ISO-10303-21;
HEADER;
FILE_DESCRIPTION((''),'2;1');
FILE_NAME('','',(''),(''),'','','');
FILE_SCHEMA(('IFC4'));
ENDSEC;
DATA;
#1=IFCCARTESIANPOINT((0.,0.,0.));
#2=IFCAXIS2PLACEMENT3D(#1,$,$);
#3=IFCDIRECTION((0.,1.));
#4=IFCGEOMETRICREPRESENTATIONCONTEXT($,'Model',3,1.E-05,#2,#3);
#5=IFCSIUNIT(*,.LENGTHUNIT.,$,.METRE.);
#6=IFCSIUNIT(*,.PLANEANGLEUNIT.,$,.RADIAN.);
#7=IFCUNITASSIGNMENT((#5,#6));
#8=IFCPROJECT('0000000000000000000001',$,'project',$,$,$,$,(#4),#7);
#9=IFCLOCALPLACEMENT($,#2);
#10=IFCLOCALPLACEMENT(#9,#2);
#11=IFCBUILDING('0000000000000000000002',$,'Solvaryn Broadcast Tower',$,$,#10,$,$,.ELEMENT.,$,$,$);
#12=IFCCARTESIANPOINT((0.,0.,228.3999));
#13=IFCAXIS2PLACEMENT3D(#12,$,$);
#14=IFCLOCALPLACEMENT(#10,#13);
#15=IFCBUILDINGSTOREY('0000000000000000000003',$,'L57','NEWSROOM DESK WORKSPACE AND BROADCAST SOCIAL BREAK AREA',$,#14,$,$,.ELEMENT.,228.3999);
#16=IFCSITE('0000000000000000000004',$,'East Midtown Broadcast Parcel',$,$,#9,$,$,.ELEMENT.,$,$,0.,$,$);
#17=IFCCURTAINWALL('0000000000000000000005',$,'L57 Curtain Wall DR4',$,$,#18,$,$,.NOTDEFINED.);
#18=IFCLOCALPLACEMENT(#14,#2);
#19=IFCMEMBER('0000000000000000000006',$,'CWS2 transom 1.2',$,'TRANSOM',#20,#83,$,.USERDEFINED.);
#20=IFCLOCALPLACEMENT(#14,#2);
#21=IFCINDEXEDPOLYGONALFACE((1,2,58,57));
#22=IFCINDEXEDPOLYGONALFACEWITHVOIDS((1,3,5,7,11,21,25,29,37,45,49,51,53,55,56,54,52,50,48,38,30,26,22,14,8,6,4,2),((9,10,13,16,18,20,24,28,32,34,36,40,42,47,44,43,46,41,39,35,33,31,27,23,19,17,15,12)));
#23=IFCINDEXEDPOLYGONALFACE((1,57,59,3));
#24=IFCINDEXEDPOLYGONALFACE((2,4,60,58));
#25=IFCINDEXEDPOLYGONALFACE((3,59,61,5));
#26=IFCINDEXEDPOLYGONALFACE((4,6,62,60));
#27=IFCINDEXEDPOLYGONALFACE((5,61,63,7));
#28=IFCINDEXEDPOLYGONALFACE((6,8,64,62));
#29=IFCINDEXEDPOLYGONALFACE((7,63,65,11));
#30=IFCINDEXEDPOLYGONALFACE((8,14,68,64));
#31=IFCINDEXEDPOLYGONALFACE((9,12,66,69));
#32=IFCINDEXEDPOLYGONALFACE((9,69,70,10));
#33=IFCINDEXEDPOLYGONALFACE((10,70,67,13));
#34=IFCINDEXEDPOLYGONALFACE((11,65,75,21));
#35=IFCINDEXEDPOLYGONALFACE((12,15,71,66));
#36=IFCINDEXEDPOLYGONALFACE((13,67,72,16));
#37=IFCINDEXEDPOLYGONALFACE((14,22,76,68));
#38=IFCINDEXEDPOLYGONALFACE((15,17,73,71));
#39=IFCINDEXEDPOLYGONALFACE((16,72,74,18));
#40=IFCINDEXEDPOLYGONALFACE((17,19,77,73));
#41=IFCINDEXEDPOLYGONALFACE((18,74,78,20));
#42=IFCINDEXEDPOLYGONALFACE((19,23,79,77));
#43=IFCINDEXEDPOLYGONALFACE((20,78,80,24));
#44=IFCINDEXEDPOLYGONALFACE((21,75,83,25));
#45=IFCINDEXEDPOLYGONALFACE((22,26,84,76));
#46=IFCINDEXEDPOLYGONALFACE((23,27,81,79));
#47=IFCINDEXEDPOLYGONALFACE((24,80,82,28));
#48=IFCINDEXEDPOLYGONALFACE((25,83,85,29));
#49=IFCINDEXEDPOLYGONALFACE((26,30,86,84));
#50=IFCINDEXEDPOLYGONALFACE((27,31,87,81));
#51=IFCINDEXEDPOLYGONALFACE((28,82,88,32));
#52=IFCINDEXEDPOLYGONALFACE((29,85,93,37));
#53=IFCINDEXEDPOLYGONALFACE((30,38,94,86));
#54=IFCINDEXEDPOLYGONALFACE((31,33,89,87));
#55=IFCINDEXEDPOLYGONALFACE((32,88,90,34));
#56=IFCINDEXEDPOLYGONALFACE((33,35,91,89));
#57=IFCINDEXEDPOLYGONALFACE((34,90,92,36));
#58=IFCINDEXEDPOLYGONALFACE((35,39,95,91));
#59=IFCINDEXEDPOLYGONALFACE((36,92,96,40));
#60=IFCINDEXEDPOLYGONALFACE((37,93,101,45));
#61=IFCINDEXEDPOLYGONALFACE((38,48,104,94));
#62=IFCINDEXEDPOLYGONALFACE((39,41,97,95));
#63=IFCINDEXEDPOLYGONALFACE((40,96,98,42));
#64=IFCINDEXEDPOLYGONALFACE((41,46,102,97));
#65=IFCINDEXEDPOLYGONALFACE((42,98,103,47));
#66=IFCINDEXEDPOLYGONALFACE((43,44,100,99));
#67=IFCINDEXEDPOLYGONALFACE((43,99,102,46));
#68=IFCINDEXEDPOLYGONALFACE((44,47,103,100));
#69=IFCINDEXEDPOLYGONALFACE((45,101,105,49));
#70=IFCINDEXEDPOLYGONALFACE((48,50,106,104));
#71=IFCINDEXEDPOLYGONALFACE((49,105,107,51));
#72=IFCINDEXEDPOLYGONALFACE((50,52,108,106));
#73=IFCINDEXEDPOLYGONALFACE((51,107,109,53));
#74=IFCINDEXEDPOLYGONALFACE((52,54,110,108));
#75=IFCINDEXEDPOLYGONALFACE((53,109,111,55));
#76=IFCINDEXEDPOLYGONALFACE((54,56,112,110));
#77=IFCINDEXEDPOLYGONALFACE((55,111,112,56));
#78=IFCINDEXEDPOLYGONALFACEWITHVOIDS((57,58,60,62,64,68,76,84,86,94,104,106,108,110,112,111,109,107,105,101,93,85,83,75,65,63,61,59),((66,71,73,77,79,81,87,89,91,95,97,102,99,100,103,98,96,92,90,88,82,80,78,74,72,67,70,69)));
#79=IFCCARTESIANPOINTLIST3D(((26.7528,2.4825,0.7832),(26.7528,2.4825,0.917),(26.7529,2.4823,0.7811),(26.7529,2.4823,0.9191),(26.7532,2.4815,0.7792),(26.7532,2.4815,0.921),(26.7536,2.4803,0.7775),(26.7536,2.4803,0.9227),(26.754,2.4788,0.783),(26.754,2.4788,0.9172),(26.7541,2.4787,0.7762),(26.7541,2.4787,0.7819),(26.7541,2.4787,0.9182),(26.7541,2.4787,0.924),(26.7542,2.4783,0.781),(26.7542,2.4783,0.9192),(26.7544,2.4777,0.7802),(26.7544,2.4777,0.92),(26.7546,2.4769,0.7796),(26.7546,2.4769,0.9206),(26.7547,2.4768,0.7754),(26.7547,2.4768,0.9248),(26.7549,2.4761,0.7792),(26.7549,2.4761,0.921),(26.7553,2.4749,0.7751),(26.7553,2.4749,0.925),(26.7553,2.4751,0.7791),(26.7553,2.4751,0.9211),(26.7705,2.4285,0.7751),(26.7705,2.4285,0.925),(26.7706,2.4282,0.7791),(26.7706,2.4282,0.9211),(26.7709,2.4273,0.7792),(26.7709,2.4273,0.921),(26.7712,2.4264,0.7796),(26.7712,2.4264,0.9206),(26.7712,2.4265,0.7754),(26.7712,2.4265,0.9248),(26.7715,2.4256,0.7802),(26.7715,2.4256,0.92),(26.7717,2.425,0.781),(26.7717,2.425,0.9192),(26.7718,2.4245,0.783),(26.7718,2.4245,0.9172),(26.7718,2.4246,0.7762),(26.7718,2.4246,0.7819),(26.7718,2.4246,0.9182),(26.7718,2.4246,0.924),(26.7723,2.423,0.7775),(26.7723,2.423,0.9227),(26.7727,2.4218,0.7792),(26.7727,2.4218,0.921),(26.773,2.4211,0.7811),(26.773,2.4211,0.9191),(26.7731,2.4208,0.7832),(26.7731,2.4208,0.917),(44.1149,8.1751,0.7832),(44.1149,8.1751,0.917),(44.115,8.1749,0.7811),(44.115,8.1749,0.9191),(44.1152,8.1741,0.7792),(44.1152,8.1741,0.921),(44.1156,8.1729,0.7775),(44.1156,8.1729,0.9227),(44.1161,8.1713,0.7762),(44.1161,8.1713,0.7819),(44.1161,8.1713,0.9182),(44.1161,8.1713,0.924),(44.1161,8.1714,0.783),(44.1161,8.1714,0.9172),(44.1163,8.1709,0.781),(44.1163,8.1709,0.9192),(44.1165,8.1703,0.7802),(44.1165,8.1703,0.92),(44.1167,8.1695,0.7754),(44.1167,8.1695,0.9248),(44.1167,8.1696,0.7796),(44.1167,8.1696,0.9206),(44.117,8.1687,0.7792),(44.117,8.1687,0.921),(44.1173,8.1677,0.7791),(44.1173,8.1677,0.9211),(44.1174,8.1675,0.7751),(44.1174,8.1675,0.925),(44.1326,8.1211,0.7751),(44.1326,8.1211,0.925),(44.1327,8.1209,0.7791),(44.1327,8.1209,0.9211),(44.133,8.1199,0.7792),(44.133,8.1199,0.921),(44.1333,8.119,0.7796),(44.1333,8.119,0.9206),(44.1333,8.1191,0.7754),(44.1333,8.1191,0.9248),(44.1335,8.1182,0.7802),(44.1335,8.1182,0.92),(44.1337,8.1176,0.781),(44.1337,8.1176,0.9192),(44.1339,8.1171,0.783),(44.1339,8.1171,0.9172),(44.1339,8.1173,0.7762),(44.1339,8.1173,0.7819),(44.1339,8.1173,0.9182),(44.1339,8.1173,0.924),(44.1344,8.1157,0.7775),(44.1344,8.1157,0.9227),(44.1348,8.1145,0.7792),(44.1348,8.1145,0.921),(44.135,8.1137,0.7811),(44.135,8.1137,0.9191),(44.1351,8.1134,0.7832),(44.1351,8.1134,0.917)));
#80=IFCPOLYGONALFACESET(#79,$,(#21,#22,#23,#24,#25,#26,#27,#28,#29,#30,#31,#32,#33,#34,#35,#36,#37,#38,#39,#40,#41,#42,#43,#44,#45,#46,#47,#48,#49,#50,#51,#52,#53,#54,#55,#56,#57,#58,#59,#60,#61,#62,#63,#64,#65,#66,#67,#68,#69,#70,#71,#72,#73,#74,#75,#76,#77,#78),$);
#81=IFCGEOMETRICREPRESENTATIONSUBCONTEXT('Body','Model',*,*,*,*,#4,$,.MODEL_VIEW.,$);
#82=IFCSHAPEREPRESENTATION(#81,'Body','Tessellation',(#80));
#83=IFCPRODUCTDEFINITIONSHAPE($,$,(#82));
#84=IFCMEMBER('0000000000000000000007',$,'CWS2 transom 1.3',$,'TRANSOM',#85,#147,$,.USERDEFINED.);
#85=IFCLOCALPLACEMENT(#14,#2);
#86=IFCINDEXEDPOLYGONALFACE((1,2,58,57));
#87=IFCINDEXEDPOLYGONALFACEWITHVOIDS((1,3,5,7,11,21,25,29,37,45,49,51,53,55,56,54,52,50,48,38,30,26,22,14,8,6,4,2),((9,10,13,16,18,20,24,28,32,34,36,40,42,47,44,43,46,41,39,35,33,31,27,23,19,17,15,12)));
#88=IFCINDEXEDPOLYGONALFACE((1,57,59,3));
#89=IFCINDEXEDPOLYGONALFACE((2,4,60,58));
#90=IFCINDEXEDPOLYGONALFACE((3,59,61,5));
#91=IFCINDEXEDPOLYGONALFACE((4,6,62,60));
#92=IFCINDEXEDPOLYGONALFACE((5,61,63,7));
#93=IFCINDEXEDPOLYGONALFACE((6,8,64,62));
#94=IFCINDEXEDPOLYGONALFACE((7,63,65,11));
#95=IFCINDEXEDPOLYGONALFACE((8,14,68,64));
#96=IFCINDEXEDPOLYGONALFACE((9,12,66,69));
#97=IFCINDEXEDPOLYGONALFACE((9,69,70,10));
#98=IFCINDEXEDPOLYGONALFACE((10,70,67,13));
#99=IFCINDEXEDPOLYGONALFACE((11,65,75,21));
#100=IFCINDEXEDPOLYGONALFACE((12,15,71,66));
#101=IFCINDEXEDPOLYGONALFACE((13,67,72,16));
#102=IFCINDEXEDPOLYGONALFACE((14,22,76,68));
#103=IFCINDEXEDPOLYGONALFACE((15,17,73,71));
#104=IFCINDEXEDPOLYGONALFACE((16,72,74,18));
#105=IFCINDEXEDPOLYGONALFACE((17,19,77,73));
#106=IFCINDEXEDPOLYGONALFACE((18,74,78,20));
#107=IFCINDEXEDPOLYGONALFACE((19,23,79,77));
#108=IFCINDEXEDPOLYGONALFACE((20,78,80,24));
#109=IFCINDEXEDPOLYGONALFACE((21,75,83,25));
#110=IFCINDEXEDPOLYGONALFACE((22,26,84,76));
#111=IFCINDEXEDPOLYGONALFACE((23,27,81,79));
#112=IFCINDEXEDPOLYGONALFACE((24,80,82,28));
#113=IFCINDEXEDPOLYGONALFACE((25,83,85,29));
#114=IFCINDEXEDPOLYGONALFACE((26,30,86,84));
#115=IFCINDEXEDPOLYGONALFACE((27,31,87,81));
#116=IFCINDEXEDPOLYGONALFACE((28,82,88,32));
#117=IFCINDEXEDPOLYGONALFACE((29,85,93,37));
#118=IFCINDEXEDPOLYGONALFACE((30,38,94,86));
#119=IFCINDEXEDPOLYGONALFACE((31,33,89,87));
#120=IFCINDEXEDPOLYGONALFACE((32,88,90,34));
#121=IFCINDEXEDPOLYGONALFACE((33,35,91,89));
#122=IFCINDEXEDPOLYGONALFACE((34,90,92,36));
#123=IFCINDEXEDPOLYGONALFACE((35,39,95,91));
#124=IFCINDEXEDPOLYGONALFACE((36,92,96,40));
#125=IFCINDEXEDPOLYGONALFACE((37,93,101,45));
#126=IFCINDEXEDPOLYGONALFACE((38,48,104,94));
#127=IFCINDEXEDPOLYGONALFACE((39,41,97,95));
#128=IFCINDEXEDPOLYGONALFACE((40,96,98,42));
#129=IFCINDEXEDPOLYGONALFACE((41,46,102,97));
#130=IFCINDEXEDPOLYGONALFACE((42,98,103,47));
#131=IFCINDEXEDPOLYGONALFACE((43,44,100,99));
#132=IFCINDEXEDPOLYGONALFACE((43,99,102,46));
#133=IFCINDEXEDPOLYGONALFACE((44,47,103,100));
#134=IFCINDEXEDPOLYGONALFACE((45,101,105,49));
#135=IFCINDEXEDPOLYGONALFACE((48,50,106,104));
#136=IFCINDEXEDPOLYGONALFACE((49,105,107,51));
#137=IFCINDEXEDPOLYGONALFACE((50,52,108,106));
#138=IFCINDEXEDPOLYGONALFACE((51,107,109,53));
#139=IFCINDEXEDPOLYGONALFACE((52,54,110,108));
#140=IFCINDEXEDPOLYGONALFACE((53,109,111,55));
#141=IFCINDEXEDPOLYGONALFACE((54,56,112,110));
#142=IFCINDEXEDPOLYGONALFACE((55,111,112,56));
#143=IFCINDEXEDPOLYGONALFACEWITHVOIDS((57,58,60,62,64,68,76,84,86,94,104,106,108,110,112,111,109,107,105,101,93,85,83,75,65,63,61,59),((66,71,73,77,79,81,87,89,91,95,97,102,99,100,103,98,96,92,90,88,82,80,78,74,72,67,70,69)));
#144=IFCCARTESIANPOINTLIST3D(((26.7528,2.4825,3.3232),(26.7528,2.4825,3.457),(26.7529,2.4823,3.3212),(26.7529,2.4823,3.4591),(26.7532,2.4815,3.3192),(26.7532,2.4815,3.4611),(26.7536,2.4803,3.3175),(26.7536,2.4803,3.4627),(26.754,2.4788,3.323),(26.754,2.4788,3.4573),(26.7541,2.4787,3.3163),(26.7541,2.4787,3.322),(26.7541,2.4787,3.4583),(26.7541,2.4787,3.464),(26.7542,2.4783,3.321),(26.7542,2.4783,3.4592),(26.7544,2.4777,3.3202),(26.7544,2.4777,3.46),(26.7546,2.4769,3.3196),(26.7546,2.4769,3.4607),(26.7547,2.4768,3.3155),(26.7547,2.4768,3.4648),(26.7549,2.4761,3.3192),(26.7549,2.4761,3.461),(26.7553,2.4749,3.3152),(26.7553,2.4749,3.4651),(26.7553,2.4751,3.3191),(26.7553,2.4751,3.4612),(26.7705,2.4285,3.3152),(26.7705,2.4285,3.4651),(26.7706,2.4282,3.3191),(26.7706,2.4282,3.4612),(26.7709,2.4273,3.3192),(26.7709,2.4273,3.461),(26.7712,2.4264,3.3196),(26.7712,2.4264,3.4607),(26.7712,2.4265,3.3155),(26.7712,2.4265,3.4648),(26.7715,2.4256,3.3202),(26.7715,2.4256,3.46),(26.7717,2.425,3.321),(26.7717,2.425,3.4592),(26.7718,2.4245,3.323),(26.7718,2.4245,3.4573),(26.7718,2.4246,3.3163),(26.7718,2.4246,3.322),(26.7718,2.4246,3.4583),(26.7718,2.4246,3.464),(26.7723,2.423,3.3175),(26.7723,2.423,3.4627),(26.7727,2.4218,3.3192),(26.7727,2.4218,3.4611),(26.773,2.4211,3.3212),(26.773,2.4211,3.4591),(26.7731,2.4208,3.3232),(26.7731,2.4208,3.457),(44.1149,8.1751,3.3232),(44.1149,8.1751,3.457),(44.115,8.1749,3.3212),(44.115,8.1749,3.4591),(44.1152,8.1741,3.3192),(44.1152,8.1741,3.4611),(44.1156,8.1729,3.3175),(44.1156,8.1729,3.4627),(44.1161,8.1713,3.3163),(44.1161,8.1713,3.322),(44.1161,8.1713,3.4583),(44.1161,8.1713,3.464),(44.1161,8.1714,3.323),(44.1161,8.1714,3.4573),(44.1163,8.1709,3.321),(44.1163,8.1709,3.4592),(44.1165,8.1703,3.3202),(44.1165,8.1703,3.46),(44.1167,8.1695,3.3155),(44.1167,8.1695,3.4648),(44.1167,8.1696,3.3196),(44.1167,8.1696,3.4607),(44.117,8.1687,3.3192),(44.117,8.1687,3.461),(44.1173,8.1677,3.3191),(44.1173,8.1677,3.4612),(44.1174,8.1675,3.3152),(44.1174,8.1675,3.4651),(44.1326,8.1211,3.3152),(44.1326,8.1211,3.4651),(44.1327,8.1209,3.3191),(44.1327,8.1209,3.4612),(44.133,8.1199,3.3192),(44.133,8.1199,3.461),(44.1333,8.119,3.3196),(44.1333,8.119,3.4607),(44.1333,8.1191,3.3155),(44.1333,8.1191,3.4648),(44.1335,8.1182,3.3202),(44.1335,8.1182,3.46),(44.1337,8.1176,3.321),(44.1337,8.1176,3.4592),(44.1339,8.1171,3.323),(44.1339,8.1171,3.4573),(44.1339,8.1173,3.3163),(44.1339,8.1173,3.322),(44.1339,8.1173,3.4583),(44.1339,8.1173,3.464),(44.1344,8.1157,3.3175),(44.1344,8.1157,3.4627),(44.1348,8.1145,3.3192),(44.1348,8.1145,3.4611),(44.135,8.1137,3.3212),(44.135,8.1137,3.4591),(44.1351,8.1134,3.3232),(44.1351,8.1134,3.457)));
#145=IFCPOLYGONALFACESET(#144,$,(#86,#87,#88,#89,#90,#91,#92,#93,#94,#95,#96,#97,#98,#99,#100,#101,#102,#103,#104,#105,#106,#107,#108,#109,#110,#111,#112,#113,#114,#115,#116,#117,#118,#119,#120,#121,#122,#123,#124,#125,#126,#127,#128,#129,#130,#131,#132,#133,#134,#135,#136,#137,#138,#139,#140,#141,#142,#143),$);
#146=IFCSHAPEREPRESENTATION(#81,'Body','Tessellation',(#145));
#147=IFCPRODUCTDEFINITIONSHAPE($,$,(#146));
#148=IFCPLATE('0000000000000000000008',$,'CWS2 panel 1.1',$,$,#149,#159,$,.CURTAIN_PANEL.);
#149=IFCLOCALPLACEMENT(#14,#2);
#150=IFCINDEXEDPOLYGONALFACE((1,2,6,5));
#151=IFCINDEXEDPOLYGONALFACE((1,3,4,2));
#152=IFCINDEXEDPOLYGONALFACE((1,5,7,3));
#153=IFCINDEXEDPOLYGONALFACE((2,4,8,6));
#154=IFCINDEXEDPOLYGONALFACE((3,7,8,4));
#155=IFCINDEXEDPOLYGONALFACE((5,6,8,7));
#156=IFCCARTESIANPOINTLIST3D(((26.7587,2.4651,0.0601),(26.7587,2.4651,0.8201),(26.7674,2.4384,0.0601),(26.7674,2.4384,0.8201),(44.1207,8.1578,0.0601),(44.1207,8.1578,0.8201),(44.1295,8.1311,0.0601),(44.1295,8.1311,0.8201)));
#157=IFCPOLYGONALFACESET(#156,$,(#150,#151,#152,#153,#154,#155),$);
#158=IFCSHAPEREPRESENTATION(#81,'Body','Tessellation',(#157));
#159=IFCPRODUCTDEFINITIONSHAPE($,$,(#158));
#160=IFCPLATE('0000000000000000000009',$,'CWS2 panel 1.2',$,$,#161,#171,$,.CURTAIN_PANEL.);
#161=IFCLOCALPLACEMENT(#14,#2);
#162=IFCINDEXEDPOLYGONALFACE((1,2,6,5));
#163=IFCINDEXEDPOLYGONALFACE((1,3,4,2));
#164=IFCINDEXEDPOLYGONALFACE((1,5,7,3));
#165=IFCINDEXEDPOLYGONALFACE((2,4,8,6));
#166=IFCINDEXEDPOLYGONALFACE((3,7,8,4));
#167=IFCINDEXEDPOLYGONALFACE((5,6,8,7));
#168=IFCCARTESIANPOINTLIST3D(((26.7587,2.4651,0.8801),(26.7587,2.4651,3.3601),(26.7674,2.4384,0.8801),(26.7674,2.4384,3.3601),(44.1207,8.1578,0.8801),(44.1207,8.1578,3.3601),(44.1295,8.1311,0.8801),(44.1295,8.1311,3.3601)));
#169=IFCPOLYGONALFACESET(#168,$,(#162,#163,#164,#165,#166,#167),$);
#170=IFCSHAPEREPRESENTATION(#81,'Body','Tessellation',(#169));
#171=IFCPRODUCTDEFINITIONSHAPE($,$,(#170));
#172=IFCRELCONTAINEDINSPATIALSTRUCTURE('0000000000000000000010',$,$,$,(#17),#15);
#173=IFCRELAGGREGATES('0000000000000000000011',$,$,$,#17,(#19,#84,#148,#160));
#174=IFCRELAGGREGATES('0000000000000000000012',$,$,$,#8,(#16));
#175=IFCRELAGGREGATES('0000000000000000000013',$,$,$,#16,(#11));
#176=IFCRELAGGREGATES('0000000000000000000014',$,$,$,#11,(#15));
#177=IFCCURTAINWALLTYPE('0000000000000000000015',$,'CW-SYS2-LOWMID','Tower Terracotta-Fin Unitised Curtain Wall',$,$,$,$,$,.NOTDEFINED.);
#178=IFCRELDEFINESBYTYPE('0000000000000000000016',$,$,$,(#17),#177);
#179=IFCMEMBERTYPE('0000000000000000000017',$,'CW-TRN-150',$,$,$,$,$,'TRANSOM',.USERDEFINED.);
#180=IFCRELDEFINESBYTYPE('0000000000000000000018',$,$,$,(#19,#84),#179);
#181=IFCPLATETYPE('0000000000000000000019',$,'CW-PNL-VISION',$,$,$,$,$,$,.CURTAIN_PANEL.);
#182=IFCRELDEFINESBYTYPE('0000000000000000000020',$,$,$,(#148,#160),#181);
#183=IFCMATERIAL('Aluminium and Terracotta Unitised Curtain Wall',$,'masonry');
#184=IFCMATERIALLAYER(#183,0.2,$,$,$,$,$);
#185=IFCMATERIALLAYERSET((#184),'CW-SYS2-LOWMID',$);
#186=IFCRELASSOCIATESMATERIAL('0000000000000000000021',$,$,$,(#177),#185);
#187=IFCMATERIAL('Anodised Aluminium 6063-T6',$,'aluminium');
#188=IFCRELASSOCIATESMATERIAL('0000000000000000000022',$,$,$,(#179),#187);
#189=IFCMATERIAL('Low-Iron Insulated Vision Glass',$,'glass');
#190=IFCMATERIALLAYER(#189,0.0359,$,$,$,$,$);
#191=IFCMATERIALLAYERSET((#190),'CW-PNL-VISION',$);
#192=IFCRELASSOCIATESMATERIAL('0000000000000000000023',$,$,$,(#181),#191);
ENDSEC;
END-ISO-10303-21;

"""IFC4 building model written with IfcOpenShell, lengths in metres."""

from ifc_helpers import new_model, si_unit, direction, frame, origin, origin_2d, place, context, subcontext, project, spatial, rectangle, hollow_rectangle, extrude, material, layer, layer_set, material_profile, profile_set, type_object, element, aggregate, save


model = new_model("IFC4")

# Units and contexts
model_context = context("Model", 3, precision=1e-05, world=origin(), true_north=direction((0.0, 1.0)))
body_context = subcontext(model_context, "Body", "Model", "MODEL_VIEW")
ifc_project = project(units=[si_unit("LENGTHUNIT", "METRE"), si_unit("PLANEANGLEUNIT", "RADIAN")], contexts=[model_context])

# Site, building, storey
site_placement = place(None, origin())
site = spatial("IfcSite", under=ifc_project, at=site_placement, Name="East Midtown Broadcast Parcel", CompositionType="ELEMENT", RefElevation=0.0)
building_placement = place(site_placement, origin())
building = spatial("IfcBuilding", under=site, at=building_placement, Name="Solvaryn Broadcast Tower", CompositionType="ELEMENT")
storey_placement = place(building_placement, frame((0.0, 0.0, 228.3999)))
storey = spatial("IfcBuildingStorey", under=building, at=storey_placement, Name="L57", Description="NEWSROOM DESK WORKSPACE AND BROADCAST SOCIAL BREAK AREA", CompositionType="ELEMENT", Elevation=228.3999)

# Shared definitions
ifc_material_1 = material(Name="Aluminium and Terracotta Unitised Curtain Wall", Category="masonry")
ifc_layer_1 = layer(ifc_material_1, 0.2)
ifc_layer_set_1 = layer_set([ifc_layer_1], Name="CW-SYS2-LOWMID")
curtain_wall_type = type_object("IfcCurtainWallType", Name="CW-SYS2-LOWMID", Description="Tower Terracotta-Fin Unitised Curtain Wall", PredefinedType="NOTDEFINED", material=ifc_layer_set_1)

# Curtain wall, members, plates
curtain_wall_1_placement = place(storey_placement, origin())
curtain_wall_1 = element("IfcCurtainWall", 1, at=curtain_wall_1_placement, inside=storey, type_object=curtain_wall_type, Name="L57 Curtain Wall DR4", PredefinedType="NOTDEFINED")
ifc_material_2 = material(Name="Anodised Aluminium 6063-T6", Category="aluminium")
ifc_material_profile_1 = material_profile(ifc_material_2, hollow_rectangle(XDim=0.0649, YDim=0.1499, WallThickness=0.0039, InnerFilletRadius=0.0039, OuterFilletRadius=0.0081, at=origin_2d()))
ifc_profile_set_1 = profile_set([ifc_material_profile_1], Name="Anodised Aluminium 6063-T6")
member_type_1 = type_object("IfcMemberType", Name="CW-TRN-150", ElementType="TRANSOM", PredefinedType="USERDEFINED", material=ifc_profile_set_1)
member_1_placement = place(storey_placement, frame((26.7629, 2.4517, 0.8501), z_axis=(0.950227, 0.311558, 0.0), x_axis=(-0.311558, 0.950227, 0.0)))
member_1 = element("IfcMember", 2, at=member_1_placement, type_object=member_type_1, Name="CWS2 transom 1.2", ObjectType="TRANSOM", PredefinedType="USERDEFINED", context=body_context, shape_type="SweptSolid", body=[
    extrude(hollow_rectangle(XDim=0.0649, YDim=0.1499, WallThickness=0.0039, InnerFilletRadius=0.0039, OuterFilletRadius=0.0081, at=origin_2d()), origin(), (0.0, 0.0, 1.0), 18.2715),
])
member_2_placement = place(storey_placement, frame((26.7629, 2.4517, 3.3901), z_axis=(0.950227, 0.311558, 0.0), x_axis=(-0.311558, 0.950227, 0.0)))
member_2 = element("IfcMember", 3, at=member_2_placement, type_object=member_type_1, Name="CWS2 transom 1.3", ObjectType="TRANSOM", PredefinedType="USERDEFINED", context=body_context, shape_type="SweptSolid", body=[
    extrude(hollow_rectangle(XDim=0.0649, YDim=0.1499, WallThickness=0.0039, InnerFilletRadius=0.0039, OuterFilletRadius=0.0081, at=origin_2d()), origin(), (0.0, 0.0, 1.0), 18.2715),
])
ifc_material_3 = material(Name="Low-Iron Insulated Vision Glass", Category="glass")
ifc_layer_2 = layer(ifc_material_3, 0.0359)
ifc_layer_set_2 = layer_set([ifc_layer_2], Name="CW-PNL-VISION")
plate_type = type_object("IfcPlateType", Name="CW-PNL-VISION", PredefinedType="CURTAIN_PANEL", material=ifc_layer_set_2)
plate_1_placement = place(storey_placement, frame((35.4441, 5.2981, 0.0601), z_axis=(0.0, 0.0, 1.0), x_axis=(0.950227, 0.311559, 0.0)))
plate_1 = element("IfcPlate", 4, at=plate_1_placement, type_object=plate_type, Name="CWS2 panel 1.1", PredefinedType="CURTAIN_PANEL", context=body_context, shape_type="SweptSolid", body=[
    extrude(rectangle(XDim=18.2715, YDim=0.0281, at=origin_2d()), origin(), (0.0, 0.0, 1.0), 0.76),
])
plate_2_placement = place(storey_placement, frame((35.4441, 5.2981, 0.8801), z_axis=(0.0, 0.0, 1.0), x_axis=(0.950227, 0.311559, 0.0)))
plate_2 = element("IfcPlate", 5, at=plate_2_placement, type_object=plate_type, Name="CWS2 panel 1.2", PredefinedType="CURTAIN_PANEL", context=body_context, shape_type="SweptSolid", body=[
    extrude(rectangle(XDim=18.2715, YDim=0.0281, at=origin_2d()), origin(), (0.0, 0.0, 1.0), 2.48),
])
aggregate(curtain_wall_1, [member_1, member_2, plate_1, plate_2])

save(model, "model.ifc")
